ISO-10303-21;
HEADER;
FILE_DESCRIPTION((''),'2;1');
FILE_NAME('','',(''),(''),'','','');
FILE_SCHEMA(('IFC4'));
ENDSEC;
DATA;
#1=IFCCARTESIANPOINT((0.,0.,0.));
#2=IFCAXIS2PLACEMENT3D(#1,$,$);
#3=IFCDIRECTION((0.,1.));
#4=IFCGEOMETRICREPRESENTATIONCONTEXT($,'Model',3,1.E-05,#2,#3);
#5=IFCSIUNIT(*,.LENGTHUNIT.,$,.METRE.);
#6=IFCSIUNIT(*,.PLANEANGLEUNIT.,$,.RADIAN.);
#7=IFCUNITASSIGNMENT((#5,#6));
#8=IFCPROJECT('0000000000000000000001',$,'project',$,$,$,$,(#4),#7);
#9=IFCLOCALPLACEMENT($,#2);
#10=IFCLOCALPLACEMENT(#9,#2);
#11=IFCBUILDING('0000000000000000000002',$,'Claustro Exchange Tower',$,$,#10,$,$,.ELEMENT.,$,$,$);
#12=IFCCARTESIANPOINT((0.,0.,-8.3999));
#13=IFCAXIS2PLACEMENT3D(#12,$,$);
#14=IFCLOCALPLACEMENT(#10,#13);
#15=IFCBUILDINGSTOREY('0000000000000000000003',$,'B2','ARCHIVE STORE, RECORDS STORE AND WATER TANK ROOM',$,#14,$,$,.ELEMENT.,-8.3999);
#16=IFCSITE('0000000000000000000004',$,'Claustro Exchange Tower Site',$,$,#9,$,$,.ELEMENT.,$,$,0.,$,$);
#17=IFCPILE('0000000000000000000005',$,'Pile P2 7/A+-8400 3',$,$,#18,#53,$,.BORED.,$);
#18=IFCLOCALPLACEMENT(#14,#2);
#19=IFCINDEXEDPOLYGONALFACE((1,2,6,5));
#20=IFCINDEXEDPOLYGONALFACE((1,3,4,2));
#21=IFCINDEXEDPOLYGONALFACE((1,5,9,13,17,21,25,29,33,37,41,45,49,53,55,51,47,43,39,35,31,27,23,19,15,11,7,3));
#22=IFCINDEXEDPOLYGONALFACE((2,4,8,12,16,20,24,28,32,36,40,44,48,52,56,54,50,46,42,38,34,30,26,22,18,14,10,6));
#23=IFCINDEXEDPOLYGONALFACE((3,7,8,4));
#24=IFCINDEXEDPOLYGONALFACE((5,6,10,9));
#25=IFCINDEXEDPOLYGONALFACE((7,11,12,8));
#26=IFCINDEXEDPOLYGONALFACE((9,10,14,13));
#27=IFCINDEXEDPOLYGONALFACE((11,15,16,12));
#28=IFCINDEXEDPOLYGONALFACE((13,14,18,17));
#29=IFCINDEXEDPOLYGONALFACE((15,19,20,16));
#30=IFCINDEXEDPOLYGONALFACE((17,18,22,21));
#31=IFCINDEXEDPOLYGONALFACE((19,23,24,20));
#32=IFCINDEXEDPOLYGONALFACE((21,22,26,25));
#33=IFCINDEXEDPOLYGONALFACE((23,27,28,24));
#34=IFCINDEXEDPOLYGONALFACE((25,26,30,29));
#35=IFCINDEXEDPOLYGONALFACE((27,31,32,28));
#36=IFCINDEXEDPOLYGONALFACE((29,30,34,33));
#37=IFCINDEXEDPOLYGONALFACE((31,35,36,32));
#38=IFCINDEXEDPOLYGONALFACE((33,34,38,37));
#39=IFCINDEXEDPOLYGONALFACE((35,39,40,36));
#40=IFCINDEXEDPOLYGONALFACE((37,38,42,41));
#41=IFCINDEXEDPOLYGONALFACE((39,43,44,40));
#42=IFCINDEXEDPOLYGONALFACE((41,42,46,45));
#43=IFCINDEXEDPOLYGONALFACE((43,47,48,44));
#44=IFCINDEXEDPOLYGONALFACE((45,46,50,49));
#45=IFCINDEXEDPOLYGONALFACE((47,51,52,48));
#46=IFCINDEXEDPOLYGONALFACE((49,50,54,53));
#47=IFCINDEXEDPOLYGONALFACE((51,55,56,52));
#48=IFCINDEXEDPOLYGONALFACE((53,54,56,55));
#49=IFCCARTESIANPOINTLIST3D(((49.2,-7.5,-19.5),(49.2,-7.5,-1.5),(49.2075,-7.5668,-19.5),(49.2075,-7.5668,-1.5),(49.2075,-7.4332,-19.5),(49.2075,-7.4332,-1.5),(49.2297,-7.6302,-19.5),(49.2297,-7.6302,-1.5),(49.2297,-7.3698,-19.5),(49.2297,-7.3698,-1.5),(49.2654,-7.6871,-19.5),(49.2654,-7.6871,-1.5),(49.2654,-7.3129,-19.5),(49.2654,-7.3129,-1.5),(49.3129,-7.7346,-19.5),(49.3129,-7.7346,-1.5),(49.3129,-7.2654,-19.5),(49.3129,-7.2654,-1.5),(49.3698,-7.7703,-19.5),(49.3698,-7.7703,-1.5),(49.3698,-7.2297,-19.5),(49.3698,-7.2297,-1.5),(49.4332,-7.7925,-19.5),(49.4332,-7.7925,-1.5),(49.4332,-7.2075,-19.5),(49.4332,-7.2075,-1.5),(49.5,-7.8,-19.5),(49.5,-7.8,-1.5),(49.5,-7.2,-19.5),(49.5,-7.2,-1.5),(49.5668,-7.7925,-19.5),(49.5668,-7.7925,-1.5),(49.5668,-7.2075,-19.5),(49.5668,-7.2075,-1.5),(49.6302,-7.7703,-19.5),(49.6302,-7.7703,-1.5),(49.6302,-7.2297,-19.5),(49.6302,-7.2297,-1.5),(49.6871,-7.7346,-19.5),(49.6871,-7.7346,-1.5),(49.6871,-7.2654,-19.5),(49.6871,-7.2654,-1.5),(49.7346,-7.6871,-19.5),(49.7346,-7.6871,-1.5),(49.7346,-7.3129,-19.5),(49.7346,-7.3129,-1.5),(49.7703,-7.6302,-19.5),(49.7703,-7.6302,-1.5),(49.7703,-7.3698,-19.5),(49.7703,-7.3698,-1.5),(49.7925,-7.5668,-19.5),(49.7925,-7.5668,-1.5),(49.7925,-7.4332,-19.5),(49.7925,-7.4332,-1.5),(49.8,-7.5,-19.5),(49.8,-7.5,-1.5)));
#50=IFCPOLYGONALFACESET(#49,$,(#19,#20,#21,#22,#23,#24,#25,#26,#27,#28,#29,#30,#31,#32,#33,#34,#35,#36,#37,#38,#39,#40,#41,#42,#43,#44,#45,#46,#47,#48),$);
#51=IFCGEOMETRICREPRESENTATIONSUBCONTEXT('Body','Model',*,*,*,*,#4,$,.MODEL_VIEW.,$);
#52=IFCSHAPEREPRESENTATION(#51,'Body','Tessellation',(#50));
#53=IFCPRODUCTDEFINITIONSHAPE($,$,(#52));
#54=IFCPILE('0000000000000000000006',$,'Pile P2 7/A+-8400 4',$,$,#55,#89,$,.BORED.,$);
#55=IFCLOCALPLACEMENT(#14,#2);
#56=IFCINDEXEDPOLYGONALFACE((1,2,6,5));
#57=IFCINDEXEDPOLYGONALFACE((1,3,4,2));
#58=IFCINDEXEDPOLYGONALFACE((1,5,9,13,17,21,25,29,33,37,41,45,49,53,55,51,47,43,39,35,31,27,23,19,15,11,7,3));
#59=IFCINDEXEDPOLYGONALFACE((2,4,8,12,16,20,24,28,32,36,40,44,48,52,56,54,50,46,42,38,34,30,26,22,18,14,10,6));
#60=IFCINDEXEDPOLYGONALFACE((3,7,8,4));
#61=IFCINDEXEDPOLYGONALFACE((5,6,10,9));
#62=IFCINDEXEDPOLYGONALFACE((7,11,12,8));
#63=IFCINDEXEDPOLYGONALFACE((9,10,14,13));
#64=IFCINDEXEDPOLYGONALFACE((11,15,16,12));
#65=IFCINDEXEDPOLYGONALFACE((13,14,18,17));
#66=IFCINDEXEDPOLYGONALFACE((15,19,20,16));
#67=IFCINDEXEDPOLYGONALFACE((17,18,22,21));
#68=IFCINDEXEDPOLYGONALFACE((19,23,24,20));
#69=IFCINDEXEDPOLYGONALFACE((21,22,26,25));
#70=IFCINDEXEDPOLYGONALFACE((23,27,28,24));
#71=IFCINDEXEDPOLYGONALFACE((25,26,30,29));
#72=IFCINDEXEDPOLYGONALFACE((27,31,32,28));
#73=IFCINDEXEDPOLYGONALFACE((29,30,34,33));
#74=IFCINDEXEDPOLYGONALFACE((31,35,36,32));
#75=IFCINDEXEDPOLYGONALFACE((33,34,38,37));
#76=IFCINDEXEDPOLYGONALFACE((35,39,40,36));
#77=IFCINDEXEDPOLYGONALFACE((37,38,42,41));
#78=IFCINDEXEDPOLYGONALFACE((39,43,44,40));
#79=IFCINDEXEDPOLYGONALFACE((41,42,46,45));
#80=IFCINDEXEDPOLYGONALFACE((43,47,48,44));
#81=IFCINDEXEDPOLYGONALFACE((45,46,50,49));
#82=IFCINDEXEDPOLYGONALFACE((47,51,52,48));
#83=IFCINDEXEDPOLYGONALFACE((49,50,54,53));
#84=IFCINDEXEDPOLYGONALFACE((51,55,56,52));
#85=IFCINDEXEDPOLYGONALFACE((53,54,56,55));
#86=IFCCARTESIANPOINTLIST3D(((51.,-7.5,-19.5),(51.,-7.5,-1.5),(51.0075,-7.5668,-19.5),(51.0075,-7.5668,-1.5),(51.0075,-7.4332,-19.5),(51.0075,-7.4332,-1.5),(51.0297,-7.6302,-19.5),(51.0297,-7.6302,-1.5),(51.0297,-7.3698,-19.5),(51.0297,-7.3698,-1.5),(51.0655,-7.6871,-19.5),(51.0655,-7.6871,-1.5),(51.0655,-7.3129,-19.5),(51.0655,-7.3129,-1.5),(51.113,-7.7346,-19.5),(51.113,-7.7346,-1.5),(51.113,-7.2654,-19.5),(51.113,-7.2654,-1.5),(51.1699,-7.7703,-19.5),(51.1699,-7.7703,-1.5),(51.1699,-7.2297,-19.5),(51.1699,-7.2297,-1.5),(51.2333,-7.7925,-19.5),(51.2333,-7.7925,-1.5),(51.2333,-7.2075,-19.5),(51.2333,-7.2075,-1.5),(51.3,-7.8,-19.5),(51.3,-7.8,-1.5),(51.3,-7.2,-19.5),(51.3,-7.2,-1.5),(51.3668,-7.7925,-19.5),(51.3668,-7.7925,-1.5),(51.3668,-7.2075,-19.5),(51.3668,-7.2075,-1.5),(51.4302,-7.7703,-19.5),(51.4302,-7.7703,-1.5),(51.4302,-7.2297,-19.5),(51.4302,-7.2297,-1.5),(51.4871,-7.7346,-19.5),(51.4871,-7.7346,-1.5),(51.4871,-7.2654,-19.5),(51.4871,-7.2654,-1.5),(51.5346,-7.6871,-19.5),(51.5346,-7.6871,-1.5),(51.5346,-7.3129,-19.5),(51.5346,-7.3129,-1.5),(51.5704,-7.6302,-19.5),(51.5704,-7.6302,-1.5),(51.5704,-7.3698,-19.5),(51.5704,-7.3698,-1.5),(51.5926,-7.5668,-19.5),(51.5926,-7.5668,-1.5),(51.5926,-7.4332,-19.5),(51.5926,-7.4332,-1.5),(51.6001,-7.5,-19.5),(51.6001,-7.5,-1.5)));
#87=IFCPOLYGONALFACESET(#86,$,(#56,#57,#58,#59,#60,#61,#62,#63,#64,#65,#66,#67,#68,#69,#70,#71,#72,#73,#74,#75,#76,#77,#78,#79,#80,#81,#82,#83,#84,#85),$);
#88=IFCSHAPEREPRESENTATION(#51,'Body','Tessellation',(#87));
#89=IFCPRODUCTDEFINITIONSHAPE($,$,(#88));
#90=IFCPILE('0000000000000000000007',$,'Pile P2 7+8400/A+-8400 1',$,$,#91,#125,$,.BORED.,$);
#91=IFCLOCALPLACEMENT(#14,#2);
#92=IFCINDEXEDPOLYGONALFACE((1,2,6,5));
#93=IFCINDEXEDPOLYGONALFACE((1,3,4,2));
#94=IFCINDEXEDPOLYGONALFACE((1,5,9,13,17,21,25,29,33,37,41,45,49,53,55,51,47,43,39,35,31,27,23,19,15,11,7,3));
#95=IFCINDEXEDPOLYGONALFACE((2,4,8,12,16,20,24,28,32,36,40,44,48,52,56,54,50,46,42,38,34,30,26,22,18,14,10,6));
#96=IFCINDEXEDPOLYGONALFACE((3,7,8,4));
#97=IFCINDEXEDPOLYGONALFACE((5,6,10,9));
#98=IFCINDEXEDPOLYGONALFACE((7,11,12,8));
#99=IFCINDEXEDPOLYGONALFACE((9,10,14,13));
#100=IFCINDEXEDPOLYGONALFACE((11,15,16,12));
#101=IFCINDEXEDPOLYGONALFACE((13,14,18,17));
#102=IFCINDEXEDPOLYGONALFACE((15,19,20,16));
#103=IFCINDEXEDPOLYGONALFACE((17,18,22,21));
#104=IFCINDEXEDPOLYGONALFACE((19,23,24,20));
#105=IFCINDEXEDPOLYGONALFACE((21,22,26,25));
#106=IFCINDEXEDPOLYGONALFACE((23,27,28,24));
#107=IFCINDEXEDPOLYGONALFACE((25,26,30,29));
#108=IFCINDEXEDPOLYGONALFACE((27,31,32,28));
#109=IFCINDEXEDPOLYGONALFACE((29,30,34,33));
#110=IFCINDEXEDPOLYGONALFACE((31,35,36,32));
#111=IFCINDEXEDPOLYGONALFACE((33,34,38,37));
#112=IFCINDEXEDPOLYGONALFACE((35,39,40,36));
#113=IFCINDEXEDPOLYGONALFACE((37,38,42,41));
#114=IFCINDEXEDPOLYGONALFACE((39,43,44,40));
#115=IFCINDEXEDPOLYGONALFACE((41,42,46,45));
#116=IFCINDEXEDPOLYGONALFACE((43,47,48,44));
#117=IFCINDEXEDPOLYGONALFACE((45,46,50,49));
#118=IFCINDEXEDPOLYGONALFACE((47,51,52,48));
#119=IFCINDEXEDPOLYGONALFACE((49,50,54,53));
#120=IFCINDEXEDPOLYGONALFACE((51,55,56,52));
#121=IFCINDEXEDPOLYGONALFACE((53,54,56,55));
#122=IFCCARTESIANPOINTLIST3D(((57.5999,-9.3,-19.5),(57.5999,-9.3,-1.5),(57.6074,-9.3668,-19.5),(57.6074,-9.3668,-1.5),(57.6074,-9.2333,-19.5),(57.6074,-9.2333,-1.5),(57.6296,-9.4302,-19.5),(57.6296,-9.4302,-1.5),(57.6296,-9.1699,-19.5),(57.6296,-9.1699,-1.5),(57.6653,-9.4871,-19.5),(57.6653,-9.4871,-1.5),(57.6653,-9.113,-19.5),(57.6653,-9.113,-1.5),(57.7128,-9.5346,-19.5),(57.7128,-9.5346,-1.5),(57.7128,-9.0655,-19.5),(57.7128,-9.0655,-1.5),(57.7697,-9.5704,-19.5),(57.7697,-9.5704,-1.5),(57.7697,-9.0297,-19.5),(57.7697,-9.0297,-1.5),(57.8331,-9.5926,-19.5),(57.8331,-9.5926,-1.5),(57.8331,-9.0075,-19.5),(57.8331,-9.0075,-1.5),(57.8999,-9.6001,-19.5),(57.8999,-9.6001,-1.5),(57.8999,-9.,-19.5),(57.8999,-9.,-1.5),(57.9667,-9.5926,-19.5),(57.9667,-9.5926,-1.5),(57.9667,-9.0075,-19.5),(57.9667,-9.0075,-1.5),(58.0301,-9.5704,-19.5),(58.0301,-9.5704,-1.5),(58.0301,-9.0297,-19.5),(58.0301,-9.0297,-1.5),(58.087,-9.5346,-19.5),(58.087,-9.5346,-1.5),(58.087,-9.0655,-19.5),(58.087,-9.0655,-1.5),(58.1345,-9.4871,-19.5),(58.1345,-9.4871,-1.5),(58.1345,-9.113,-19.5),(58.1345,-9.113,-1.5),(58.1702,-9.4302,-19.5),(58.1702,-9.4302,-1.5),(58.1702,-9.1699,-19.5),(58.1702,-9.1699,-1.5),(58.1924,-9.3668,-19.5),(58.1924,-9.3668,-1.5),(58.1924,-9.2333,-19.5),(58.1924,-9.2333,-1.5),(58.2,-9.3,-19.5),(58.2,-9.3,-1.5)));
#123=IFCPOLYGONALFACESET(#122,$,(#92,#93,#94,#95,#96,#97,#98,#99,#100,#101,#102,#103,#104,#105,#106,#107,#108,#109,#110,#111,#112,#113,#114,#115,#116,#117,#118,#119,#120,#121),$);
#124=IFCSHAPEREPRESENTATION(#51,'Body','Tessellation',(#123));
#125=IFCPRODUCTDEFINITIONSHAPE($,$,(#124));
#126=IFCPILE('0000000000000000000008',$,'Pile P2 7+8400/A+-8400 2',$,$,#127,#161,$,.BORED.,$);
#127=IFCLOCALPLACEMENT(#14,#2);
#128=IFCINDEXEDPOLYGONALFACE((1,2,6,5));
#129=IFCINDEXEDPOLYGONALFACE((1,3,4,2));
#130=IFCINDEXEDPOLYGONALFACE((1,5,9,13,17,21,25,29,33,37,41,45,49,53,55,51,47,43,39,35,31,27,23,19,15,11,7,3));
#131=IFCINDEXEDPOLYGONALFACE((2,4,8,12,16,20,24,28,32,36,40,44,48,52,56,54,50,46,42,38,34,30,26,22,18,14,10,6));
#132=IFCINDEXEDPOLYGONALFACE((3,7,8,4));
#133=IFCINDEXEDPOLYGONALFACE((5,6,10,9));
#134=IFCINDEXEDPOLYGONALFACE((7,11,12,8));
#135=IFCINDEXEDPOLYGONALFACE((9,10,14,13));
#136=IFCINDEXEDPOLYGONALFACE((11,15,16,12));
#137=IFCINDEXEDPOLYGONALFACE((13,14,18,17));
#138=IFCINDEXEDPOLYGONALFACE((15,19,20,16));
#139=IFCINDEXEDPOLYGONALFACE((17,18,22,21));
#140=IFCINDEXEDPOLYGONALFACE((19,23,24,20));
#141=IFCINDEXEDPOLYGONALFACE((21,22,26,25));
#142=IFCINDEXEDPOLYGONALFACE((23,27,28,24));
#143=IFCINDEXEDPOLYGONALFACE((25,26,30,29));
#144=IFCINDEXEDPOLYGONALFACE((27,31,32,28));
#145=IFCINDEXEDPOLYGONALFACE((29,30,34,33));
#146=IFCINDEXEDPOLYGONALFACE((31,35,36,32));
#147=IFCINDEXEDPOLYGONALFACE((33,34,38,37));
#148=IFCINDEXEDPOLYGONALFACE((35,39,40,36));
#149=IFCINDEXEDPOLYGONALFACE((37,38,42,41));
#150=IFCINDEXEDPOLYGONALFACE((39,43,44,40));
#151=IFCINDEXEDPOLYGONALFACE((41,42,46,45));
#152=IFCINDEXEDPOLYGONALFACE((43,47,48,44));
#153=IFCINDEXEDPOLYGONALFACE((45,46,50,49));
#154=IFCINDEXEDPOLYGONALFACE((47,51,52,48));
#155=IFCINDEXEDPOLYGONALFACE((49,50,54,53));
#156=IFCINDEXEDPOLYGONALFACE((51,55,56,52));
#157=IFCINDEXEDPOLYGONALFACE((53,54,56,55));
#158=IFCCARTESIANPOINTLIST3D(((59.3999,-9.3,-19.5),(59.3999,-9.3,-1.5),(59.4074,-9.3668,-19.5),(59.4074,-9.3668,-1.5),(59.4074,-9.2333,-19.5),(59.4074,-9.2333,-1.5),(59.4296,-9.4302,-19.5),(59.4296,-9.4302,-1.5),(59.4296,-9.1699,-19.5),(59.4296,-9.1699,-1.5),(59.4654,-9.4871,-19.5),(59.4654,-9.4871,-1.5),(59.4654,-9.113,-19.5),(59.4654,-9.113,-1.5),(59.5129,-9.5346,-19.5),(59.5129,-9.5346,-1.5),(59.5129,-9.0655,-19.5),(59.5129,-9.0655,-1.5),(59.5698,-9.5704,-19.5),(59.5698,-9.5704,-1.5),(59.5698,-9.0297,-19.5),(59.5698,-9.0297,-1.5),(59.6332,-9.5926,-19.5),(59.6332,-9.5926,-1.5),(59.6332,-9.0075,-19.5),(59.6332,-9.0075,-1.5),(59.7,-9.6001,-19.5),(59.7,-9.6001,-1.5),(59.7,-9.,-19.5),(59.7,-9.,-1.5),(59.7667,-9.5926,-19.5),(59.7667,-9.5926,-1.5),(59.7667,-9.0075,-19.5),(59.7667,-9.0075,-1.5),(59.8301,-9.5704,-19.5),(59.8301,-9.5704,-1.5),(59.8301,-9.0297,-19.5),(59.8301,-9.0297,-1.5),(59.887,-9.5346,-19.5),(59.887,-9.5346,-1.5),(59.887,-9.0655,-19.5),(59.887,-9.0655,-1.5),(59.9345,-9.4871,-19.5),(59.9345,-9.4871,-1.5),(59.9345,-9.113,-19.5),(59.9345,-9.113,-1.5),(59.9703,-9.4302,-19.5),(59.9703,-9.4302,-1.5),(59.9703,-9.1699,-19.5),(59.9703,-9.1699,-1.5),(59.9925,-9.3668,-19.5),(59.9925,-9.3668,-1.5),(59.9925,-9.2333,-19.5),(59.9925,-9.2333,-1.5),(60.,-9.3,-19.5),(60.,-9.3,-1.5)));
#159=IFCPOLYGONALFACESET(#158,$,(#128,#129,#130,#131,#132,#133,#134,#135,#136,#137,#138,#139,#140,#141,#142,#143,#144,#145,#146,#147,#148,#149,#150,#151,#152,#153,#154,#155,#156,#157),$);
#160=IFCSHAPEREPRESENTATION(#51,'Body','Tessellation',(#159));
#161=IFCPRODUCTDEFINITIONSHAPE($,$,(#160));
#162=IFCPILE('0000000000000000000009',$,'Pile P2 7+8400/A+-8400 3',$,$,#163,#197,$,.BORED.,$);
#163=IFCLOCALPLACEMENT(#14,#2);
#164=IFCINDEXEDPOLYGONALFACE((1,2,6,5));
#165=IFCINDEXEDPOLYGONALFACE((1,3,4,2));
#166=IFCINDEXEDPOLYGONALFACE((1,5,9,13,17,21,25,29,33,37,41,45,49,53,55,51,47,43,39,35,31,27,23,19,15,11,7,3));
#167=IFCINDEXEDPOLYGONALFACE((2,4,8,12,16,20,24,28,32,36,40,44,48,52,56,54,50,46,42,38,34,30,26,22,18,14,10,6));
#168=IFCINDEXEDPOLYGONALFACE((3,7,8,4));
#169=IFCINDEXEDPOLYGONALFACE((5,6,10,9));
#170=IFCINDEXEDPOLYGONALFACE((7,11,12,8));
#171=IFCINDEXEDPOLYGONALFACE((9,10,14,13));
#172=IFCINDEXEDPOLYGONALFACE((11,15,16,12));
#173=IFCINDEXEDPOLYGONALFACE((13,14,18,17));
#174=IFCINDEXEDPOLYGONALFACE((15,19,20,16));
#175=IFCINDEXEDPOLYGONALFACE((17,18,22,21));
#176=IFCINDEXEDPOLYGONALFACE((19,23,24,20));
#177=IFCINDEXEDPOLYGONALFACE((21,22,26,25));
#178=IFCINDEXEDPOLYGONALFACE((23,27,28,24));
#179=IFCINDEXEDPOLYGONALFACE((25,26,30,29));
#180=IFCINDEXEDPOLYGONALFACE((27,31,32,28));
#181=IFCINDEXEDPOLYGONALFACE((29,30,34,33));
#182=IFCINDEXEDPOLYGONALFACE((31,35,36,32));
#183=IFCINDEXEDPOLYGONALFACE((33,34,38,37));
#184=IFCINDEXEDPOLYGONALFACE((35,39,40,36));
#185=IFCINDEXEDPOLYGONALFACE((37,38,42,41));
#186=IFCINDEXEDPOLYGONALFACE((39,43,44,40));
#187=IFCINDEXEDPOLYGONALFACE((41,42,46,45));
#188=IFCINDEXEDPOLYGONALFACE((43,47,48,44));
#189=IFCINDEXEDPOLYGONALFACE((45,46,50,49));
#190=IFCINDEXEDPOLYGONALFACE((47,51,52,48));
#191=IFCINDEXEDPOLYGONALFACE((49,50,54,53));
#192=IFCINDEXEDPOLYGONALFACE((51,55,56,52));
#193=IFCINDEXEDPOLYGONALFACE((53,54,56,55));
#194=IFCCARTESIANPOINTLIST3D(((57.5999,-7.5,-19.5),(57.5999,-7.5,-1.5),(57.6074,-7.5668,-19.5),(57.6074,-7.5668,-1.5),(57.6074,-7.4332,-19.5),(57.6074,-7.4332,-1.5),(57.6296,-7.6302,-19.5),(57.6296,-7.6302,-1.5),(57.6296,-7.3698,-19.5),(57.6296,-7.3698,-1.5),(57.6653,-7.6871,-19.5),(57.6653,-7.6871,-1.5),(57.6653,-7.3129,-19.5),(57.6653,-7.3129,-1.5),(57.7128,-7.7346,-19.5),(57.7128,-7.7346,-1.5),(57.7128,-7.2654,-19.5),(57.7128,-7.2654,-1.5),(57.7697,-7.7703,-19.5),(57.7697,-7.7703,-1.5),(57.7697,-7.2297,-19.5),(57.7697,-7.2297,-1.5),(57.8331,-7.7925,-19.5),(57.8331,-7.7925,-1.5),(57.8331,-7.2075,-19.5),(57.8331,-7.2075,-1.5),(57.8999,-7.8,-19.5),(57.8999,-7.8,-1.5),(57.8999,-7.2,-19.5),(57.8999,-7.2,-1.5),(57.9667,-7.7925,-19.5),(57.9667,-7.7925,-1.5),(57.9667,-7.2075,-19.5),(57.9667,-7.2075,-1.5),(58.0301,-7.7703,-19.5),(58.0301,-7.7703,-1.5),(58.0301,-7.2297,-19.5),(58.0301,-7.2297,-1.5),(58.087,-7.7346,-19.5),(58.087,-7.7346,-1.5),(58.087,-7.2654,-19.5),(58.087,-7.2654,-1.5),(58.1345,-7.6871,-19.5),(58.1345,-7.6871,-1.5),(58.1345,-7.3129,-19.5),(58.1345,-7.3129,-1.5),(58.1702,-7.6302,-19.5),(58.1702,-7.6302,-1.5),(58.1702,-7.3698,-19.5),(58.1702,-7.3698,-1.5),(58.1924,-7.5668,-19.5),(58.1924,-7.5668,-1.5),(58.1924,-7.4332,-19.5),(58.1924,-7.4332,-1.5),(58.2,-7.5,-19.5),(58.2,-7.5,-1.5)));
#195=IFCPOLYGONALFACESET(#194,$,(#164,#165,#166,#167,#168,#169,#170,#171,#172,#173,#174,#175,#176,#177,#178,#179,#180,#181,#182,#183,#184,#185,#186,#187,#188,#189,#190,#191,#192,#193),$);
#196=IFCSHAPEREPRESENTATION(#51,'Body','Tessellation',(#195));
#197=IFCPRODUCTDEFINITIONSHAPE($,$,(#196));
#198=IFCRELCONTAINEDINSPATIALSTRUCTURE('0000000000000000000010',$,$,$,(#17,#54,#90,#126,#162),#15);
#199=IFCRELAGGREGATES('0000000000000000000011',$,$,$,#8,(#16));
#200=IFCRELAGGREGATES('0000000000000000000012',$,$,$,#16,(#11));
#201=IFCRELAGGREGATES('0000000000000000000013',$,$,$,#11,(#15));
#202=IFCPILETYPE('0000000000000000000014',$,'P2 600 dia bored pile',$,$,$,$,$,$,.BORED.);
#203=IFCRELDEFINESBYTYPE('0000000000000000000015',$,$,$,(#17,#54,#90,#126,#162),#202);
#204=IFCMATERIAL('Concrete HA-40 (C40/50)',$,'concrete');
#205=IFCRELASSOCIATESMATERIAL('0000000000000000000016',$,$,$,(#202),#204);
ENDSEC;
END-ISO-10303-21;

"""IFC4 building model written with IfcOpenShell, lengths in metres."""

from ifc_helpers import new_model, si_unit, direction, frame, origin, origin_2d, place, context, subcontext, project, spatial, circle, extrude, material, type_object, element, save


model = new_model("IFC4")

# Units and contexts
model_context = context("Model", 3, precision=1e-05, world=origin(), true_north=direction((0.0, 1.0)))
body_context = subcontext(model_context, "Body", "Model", "MODEL_VIEW")
ifc_project = project(units=[si_unit("LENGTHUNIT", "METRE"), si_unit("PLANEANGLEUNIT", "RADIAN")], contexts=[model_context])

# Site, building, storey
site_placement = place(None, origin())
site = spatial("IfcSite", under=ifc_project, at=site_placement, Name="Claustro Exchange Tower Site", CompositionType="ELEMENT", RefElevation=0.0)
building_placement = place(site_placement, origin())
building = spatial("IfcBuilding", under=site, at=building_placement, Name="Claustro Exchange Tower", CompositionType="ELEMENT")
storey_placement = place(building_placement, frame((0.0, 0.0, -8.3999)))
storey = spatial("IfcBuildingStorey", under=building, at=storey_placement, Name="B2", Description="ARCHIVE STORE, RECORDS STORE AND WATER TANK ROOM", CompositionType="ELEMENT", Elevation=-8.3999)

# Piles
ifc_material_1 = material(Name="Concrete HA-40 (C40/50)", Category="concrete")
pile_type_1 = type_object("IfcPileType", Name="P2 600 dia bored pile", PredefinedType="BORED", material=ifc_material_1)
for number, where, z_axis, x_axis, name in (
    (1, (49.5, -7.5, -1.5), (0.0, 0.0, -1.0), (1.0, 0.0, 0.0), "Pile P2 7/A+-8400 3"),
    (2, (51.3, -7.5, -1.5), (0.0, 0.0, -1.0), (1.0, 0.0, 0.0), "Pile P2 7/A+-8400 4"),
    (3, (57.8999, -9.3, -1.5), (0.0, 0.0, -1.0), (1.0, 0.0, 0.0), "Pile P2 7+8400/A+-8400 1"),
    (4, (59.7, -9.3, -1.5), (0.0, 0.0, -1.0), (1.0, 0.0, 0.0), "Pile P2 7+8400/A+-8400 2"),
    (5, (57.8999, -7.5, -1.5), (0.0, 0.0, -1.0), (1.0, 0.0, 0.0), "Pile P2 7+8400/A+-8400 3"),
):
    element("IfcPile", number, at=place(storey_placement, frame(where, z_axis=z_axis, x_axis=x_axis)), inside=storey, type_object=pile_type_1, Name=name, PredefinedType="BORED", context=body_context, shape_type="SweptSolid", body=[
        extrude(circle(Radius=0.3, at=origin_2d()), origin(), (0.0, 0.0, 1.0), 18.0),
    ])

save(model, "model.ifc")
